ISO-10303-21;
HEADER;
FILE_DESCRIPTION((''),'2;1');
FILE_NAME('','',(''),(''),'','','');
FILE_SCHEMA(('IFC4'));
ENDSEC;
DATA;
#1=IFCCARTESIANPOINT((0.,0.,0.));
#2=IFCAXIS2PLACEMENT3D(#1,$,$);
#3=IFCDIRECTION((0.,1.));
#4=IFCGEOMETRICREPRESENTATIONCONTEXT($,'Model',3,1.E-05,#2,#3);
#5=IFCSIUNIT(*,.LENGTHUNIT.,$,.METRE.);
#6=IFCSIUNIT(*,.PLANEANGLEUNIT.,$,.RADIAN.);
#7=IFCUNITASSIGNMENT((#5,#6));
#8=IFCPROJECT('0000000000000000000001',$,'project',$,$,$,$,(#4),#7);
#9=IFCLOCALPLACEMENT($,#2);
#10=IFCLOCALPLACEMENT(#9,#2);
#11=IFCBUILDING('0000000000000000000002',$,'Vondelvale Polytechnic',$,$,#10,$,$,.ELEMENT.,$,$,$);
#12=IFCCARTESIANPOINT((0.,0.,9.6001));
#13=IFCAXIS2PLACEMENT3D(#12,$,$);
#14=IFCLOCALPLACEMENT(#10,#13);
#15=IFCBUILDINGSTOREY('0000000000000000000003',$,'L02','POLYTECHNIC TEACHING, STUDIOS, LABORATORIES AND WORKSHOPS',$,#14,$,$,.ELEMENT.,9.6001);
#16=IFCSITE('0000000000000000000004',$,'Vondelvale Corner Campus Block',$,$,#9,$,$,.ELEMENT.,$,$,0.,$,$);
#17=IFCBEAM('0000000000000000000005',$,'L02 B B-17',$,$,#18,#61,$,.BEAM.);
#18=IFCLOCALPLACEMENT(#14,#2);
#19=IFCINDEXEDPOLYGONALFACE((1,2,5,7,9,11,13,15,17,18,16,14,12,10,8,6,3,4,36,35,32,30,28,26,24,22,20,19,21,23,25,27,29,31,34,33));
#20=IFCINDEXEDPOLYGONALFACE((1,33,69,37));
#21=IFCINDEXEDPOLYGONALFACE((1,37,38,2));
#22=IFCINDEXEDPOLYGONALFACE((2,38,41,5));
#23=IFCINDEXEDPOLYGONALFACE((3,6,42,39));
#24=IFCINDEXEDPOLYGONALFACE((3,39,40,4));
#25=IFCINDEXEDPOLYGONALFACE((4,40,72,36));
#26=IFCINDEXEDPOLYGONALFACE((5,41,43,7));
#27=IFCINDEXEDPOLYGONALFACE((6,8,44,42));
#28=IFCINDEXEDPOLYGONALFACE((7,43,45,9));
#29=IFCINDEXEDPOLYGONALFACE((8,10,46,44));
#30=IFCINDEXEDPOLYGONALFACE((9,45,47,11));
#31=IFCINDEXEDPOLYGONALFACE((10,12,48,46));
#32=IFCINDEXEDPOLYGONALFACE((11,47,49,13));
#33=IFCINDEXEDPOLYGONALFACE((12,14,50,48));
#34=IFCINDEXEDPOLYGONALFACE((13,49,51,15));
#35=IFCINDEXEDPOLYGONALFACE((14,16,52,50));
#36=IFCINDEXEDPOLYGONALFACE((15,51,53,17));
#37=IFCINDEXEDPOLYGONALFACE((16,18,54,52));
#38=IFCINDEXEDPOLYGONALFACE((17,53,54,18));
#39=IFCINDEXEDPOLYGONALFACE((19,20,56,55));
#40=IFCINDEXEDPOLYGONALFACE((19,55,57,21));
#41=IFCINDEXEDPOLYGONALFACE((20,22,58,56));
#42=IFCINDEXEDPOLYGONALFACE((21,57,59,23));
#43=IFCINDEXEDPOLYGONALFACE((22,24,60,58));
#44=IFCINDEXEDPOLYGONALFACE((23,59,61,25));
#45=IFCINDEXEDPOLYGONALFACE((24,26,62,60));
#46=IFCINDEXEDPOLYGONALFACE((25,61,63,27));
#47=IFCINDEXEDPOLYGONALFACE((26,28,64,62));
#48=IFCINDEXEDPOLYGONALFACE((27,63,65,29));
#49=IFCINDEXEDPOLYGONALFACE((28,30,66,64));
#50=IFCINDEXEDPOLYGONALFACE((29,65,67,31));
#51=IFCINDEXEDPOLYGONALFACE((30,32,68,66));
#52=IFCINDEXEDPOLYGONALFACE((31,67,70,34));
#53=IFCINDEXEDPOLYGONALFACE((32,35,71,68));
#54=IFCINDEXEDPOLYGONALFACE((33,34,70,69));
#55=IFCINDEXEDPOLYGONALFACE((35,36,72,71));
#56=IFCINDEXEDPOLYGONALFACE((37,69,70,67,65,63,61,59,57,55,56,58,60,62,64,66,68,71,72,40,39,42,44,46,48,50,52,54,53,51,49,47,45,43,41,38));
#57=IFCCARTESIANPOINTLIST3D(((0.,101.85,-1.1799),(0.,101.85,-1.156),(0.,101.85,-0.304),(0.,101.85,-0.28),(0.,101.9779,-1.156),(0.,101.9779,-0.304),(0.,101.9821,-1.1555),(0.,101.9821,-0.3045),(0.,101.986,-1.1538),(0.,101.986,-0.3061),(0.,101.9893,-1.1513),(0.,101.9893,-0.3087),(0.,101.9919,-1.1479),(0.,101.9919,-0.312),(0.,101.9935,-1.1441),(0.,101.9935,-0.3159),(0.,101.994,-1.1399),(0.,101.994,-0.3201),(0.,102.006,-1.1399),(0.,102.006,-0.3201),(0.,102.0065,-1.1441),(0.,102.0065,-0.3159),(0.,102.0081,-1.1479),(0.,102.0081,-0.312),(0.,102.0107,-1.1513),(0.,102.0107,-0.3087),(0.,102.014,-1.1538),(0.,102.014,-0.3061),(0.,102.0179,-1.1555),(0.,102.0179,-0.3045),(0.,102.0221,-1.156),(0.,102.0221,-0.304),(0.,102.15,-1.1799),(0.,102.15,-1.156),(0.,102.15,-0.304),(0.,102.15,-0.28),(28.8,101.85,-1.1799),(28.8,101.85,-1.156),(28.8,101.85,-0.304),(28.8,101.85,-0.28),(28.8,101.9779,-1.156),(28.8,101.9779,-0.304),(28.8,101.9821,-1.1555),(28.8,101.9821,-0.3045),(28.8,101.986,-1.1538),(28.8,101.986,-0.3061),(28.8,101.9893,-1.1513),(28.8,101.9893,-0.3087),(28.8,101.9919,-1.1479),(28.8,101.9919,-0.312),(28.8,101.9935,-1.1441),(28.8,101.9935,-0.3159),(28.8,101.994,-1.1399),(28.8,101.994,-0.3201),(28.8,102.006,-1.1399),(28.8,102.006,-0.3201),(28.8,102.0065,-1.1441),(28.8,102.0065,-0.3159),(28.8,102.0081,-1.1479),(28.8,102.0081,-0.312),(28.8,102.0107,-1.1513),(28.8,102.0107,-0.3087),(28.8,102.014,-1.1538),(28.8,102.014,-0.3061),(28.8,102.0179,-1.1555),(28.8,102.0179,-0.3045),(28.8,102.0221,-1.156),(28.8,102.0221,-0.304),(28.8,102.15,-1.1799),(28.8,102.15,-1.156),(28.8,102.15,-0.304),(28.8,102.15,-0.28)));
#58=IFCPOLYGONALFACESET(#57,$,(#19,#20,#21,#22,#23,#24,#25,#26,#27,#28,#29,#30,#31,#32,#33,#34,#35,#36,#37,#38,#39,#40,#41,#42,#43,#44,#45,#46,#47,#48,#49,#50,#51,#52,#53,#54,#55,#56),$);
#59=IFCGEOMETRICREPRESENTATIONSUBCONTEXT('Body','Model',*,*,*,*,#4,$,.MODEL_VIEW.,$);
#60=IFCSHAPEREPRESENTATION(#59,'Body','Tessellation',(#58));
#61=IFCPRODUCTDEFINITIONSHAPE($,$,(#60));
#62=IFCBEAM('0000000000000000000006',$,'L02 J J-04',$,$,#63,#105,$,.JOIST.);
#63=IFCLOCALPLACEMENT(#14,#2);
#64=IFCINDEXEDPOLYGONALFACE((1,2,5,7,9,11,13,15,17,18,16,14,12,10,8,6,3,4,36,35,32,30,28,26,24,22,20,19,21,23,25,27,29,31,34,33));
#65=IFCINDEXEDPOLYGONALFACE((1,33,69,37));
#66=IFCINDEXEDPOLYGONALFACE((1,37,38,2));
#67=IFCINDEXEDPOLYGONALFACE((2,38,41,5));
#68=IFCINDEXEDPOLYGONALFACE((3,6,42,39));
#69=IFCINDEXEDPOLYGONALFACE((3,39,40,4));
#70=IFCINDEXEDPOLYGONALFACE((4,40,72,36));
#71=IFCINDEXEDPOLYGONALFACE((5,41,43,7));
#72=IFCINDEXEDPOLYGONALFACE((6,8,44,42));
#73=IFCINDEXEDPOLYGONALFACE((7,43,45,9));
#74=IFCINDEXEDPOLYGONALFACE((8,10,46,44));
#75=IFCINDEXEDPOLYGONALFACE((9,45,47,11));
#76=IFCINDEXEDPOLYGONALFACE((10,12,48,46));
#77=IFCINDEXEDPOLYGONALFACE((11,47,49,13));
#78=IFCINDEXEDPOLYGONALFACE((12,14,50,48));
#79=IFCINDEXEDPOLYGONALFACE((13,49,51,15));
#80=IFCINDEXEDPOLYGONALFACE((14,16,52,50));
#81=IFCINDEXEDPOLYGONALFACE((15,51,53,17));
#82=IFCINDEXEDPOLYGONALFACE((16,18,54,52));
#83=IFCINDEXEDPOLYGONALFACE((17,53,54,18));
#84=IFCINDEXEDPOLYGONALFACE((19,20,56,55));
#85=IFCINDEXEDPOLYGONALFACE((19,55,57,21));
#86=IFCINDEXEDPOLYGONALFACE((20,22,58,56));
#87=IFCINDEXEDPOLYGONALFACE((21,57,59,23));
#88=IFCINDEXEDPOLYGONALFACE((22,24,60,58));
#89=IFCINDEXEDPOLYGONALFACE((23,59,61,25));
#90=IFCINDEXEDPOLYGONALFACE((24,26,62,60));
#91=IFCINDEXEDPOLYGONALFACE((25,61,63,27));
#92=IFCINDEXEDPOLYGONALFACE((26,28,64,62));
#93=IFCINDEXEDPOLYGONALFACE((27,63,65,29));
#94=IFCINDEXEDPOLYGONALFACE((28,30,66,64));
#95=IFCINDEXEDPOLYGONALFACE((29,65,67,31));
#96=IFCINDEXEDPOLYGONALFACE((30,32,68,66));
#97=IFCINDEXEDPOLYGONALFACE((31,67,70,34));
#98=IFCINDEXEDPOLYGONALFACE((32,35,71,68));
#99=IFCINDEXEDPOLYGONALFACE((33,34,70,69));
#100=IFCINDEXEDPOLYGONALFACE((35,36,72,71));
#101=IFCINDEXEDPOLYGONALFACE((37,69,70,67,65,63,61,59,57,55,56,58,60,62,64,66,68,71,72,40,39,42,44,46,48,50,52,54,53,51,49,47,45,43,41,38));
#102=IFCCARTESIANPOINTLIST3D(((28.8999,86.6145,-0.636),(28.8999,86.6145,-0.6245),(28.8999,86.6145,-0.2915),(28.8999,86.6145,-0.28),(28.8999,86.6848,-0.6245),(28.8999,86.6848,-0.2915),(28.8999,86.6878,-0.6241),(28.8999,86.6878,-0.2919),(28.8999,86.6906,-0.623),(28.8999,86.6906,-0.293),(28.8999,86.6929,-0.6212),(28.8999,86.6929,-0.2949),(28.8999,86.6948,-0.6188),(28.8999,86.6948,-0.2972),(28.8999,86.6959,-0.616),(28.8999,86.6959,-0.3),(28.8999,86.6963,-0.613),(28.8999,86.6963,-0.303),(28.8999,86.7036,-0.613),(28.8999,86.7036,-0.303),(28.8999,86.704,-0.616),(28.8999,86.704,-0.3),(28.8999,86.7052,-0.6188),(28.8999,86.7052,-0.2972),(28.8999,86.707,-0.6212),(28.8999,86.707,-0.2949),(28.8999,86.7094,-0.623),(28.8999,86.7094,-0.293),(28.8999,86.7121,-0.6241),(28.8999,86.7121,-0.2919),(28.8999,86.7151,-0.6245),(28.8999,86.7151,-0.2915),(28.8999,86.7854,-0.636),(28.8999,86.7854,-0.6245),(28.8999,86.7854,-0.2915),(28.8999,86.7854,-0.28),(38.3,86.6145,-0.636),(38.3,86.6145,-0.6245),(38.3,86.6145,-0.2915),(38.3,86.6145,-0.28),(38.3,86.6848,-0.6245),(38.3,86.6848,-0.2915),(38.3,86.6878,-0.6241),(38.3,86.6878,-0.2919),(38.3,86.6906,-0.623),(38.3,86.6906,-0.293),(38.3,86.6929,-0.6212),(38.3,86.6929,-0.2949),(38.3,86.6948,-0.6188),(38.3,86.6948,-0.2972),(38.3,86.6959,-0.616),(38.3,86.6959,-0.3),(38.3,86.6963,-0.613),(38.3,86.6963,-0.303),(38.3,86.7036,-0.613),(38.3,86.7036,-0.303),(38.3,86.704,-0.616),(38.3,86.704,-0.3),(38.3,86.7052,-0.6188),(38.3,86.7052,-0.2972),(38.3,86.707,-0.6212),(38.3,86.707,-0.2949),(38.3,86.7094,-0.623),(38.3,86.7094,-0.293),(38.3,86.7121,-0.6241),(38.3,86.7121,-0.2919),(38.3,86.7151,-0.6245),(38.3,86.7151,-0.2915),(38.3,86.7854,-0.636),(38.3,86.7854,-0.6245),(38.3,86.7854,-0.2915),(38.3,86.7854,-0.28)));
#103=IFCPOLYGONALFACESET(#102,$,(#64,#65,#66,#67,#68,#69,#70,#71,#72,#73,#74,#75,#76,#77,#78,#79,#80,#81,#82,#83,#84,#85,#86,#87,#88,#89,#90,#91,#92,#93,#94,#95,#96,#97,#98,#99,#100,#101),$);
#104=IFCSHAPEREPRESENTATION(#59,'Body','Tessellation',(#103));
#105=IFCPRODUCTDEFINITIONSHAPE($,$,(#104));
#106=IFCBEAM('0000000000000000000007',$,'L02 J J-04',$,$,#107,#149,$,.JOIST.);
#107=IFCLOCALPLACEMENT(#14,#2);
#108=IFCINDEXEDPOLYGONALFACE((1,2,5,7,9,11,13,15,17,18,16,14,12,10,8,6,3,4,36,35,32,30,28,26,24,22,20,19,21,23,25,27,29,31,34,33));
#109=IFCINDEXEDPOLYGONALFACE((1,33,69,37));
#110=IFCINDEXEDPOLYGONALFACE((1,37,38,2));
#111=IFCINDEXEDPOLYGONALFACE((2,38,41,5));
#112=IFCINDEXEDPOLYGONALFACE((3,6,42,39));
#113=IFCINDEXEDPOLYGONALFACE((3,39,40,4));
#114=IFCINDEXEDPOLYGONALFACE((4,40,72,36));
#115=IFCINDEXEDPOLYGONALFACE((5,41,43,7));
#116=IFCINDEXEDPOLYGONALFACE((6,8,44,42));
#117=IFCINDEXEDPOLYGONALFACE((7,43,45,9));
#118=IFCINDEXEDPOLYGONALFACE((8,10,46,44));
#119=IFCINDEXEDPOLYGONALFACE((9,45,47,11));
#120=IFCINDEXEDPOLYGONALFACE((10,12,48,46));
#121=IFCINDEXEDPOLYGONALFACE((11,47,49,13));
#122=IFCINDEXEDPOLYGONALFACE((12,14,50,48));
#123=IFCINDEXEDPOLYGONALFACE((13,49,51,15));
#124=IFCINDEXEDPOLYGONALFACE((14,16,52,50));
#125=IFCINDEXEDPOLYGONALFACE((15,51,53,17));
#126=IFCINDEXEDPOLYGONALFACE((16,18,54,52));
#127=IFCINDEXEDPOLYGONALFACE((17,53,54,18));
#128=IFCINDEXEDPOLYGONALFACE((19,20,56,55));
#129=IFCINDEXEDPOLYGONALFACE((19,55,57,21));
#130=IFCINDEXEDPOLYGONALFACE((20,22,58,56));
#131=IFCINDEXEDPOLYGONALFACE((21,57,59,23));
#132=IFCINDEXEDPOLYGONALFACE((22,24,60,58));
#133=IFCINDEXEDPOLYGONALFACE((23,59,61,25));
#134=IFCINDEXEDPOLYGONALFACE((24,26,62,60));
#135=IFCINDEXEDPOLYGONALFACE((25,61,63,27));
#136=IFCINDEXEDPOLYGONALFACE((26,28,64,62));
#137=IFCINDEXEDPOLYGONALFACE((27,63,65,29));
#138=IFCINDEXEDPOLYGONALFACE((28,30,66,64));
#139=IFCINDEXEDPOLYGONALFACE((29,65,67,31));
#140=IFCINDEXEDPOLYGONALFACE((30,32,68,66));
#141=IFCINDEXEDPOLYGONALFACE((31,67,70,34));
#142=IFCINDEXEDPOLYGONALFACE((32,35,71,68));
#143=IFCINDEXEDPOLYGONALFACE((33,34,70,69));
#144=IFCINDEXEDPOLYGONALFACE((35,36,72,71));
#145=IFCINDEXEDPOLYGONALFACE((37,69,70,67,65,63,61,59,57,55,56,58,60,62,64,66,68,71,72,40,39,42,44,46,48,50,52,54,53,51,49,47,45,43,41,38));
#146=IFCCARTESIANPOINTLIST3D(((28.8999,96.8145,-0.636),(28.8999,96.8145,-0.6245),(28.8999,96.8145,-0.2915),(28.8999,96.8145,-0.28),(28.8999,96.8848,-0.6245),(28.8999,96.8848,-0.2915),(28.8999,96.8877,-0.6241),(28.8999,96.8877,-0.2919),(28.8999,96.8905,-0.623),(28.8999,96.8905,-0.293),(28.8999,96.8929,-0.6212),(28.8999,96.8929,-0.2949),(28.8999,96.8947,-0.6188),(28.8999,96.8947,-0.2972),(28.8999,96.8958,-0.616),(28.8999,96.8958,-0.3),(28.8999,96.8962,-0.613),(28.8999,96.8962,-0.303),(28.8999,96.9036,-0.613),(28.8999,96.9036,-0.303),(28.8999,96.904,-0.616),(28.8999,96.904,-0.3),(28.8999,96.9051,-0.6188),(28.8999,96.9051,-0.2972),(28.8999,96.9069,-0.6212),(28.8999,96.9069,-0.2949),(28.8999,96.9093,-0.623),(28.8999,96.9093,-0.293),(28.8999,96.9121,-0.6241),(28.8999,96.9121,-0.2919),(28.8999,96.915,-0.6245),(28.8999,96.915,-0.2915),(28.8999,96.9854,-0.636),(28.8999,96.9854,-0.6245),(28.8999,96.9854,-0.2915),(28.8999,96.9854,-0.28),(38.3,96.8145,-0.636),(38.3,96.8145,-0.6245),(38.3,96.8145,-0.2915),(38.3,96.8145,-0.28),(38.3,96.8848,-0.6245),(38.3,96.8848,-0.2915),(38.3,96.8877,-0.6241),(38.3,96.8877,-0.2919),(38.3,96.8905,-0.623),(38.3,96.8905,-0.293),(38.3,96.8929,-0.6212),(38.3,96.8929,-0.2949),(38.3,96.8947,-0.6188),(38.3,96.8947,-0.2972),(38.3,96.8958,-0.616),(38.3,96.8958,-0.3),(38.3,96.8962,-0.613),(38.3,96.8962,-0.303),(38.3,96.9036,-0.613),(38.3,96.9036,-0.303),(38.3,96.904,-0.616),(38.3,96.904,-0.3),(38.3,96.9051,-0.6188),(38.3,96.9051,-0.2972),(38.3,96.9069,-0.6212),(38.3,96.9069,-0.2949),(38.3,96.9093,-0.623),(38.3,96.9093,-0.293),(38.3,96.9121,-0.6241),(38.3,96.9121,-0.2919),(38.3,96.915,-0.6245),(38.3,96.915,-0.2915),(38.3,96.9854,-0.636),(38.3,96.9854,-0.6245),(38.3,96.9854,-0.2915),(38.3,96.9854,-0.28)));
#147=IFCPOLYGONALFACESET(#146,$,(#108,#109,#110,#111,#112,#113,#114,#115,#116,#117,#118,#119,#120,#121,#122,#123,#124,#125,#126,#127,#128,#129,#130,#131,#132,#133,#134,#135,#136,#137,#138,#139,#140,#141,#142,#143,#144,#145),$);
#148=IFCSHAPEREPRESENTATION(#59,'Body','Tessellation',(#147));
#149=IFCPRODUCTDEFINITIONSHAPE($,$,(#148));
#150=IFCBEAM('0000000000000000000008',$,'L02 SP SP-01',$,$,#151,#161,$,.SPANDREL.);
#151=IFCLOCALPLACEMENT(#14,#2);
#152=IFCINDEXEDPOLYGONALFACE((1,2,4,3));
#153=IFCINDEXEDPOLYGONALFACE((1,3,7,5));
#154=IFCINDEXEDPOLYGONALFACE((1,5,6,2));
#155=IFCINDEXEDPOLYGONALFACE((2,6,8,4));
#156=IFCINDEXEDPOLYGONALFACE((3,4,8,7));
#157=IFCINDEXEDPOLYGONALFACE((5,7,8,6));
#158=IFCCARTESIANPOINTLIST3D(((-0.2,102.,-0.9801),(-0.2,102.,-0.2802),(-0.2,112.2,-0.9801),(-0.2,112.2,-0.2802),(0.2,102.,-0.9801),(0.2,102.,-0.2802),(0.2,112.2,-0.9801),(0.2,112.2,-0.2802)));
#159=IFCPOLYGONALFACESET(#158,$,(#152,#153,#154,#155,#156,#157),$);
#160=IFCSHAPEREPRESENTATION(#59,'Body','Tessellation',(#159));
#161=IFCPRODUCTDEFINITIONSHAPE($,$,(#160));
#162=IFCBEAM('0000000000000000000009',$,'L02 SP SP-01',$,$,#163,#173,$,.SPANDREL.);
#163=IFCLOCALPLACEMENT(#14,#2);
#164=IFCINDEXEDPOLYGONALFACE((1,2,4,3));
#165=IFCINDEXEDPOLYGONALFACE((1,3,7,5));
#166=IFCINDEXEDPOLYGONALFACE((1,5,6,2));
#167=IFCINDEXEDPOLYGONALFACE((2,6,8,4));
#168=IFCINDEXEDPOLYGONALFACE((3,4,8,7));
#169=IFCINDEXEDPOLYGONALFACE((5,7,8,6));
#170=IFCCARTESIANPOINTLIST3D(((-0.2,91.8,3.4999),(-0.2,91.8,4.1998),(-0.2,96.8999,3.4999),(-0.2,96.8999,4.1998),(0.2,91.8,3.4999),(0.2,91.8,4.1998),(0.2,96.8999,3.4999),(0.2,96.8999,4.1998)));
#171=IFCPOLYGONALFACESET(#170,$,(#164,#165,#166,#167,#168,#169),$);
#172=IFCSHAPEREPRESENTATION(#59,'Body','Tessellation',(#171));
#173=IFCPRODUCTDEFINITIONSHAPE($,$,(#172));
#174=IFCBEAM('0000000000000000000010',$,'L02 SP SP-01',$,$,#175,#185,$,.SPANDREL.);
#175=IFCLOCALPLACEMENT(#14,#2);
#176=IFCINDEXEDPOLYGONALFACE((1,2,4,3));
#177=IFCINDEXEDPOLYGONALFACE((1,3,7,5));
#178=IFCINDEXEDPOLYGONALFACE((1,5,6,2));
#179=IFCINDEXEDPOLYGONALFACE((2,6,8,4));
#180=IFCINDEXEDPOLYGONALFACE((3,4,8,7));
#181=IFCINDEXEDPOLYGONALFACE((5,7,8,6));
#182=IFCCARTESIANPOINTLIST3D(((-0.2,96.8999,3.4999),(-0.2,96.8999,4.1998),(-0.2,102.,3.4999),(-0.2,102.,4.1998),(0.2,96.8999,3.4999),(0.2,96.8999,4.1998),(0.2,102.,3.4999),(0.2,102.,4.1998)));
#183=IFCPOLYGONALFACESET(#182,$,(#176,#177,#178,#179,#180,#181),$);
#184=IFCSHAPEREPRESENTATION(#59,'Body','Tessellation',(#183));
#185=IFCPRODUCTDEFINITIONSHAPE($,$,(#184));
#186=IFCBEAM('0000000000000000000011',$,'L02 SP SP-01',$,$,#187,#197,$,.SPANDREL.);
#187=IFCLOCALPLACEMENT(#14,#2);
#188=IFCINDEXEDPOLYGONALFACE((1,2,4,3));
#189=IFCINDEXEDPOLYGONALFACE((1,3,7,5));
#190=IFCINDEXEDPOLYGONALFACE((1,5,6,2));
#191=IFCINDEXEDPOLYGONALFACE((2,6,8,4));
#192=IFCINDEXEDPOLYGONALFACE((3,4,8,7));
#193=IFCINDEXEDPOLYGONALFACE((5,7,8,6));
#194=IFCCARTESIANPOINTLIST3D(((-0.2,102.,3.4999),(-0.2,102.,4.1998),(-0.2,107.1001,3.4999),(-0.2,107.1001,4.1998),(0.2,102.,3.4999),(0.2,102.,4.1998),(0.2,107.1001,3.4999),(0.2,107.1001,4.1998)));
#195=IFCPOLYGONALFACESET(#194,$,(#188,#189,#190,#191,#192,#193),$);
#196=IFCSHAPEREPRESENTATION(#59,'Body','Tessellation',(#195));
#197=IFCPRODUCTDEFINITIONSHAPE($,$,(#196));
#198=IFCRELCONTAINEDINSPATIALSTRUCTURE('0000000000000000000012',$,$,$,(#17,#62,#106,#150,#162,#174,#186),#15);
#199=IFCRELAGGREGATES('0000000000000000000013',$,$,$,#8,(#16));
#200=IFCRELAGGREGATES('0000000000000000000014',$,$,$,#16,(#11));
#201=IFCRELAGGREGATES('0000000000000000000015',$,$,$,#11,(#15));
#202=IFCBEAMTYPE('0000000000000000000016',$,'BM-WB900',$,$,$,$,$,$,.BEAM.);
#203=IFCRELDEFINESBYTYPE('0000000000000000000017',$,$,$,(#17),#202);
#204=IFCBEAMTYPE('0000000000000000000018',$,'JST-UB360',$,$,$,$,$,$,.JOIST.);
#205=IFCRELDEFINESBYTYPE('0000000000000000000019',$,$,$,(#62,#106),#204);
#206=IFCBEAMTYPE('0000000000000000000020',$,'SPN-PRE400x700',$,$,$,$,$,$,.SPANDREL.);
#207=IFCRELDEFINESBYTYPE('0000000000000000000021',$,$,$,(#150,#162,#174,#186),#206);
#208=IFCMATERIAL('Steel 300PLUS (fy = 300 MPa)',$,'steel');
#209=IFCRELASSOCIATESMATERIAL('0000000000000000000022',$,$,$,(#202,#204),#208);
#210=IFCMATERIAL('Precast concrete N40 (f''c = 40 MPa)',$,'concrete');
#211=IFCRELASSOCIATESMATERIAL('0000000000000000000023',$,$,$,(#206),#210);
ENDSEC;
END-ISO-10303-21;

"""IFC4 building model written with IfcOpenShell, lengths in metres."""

from ifc_helpers import new_model, si_unit, direction, frame, origin, origin_2d, place, context, subcontext, project, spatial, rectangle, i_section, extrude, material, material_profile, profile_set, type_object, element, save


model = new_model("IFC4")

# Units and contexts
model_context = context("Model", 3, precision=1e-05, world=origin(), true_north=direction((0.0, 1.0)))
body_context = subcontext(model_context, "Body", "Model", "MODEL_VIEW")
ifc_project = project(units=[si_unit("LENGTHUNIT", "METRE"), si_unit("PLANEANGLEUNIT", "RADIAN")], contexts=[model_context])

# Site, building, storey
site_placement = place(None, origin())
site = spatial("IfcSite", under=ifc_project, at=site_placement, Name="Vondelvale Corner Campus Block", CompositionType="ELEMENT", RefElevation=0.0)
building_placement = place(site_placement, origin())
building = spatial("IfcBuilding", under=site, at=building_placement, Name="Vondelvale Polytechnic", CompositionType="ELEMENT")
storey_placement = place(building_placement, frame((0.0, 0.0, 9.6001)))
storey = spatial("IfcBuildingStorey", under=building, at=storey_placement, Name="L02", Description="POLYTECHNIC TEACHING, STUDIOS, LABORATORIES AND WORKSHOPS", CompositionType="ELEMENT", Elevation=9.6001)

# Shared definitions
ifc_material_1 = material(Name="Steel 300PLUS (fy = 300 MPa)", Category="steel")

# Beams
ifc_material_profile_1 = material_profile(ifc_material_1, i_section(OverallWidth=0.3, OverallDepth=0.8999, WebThickness=0.012, FlangeThickness=0.0239, FilletRadius=0.0161, at=origin_2d()), Name="900WB218")
ifc_profile_set_1 = profile_set([ifc_material_profile_1], Name="Steel 300PLUS (fy = 300 MPa)")
beam_type_1 = type_object("IfcBeamType", Name="BM-WB900", PredefinedType="BEAM", material=ifc_profile_set_1)
beam_1_placement = place(storey_placement, frame((0.0, 102.0, -0.73), z_axis=(1.0, 0.0, 0.0), x_axis=(0.0, 1.0, 0.0)))
element("IfcBeam", 1, at=beam_1_placement, inside=storey, type_object=beam_type_1, Name="L02 B B-17", PredefinedType="BEAM", context=body_context, shape_type="SweptSolid", body=[
    extrude(i_section(OverallWidth=0.3, OverallDepth=0.8999, WebThickness=0.012, FlangeThickness=0.0239, FilletRadius=0.0161, at=origin_2d()), origin(), (0.0, 0.0, 1.0), 28.8),
])
ifc_material_profile_2 = material_profile(ifc_material_1, i_section(OverallWidth=0.1709, OverallDepth=0.356, WebThickness=0.0073, FlangeThickness=0.0115, FilletRadius=0.0115, at=origin_2d()), Name="360UB50.7")
ifc_profile_set_2 = profile_set([ifc_material_profile_2], Name="Steel 300PLUS (fy = 300 MPa)")
beam_type_2 = type_object("IfcBeamType", Name="JST-UB360", PredefinedType="JOIST", material=ifc_profile_set_2)
for number, where, z_axis, x_axis, name in (
    (2, (28.8999, 86.7, -0.458), (1.0, 0.0, 0.0), (0.0, 1.0, 0.0), "L02 J J-04"),
    (3, (28.8999, 96.8999, -0.458), (1.0, 0.0, 0.0), (0.0, 1.0, 0.0), "L02 J J-04"),
):
    element("IfcBeam", number, at=place(storey_placement, frame(where, z_axis=z_axis, x_axis=x_axis)), inside=storey, type_object=beam_type_2, Name=name, PredefinedType="JOIST", context=body_context, shape_type="SweptSolid", body=[
        extrude(i_section(OverallWidth=0.1709, OverallDepth=0.356, WebThickness=0.0073, FlangeThickness=0.0115, FilletRadius=0.0115, at=origin_2d()), origin(), (0.0, 0.0, 1.0), 9.4001),
    ])
ifc_material_2 = material(Name="Precast concrete N40 (f'c = 40 MPa)", Category="concrete")
ifc_material_profile_3 = material_profile(ifc_material_2, rectangle(XDim=0.3999, YDim=0.7, at=origin_2d()), Name="RC-SPN-400x700")
ifc_profile_set_3 = profile_set([ifc_material_profile_3], Name="Precast concrete N40 (f'c = 40 MPa)")
beam_type_3 = type_object("IfcBeamType", Name="SPN-PRE400x700", PredefinedType="SPANDREL", material=ifc_profile_set_3)
beam_2_placement = place(storey_placement, frame((0.0, 102.0, -0.6301), z_axis=(0.0, 1.0, 0.0), x_axis=(-1.0, 0.0, 0.0)))
element("IfcBeam", 4, at=beam_2_placement, inside=storey, type_object=beam_type_3, Name="L02 SP SP-01", PredefinedType="SPANDREL", context=body_context, shape_type="SweptSolid", body=[
    extrude(rectangle(XDim=0.3999, YDim=0.7, at=origin_2d()), origin(), (0.0, 0.0, 1.0), 10.2),
])
beam_3_placement = place(storey_placement, frame((0.0, 91.8, 3.8499), z_axis=(0.0, 1.0, 0.0), x_axis=(-1.0, 0.0, 0.0)))
element("IfcBeam", 5, at=beam_3_placement, inside=storey, type_object=beam_type_3, Name="L02 SP SP-01", PredefinedType="SPANDREL", context=body_context, shape_type="SweptSolid", body=[
    extrude(rectangle(XDim=0.3999, YDim=0.7, at=origin_2d()), origin(), (0.0, 0.0, 1.0), 5.0999),
])
for number, where, z_axis, x_axis, name in (
    (6, (0.0, 96.8999, 3.8499), (0.0, 1.0, 0.0), (-1.0, 0.0, 0.0), "L02 SP SP-01"),
    (7, (0.0, 102.0, 3.8499), (0.0, 1.0, 0.0), (-1.0, 0.0, 0.0), "L02 SP SP-01"),
):
    element("IfcBeam", number, at=place(storey_placement, frame(where, z_axis=z_axis, x_axis=x_axis)), inside=storey, type_object=beam_type_3, Name=name, PredefinedType="SPANDREL", context=body_context, shape_type="SweptSolid", body=[
        extrude(rectangle(XDim=0.3999, YDim=0.7, at=origin_2d()), origin(), (0.0, 0.0, 1.0), 5.1001),
    ])

save(model, "model.ifc")
